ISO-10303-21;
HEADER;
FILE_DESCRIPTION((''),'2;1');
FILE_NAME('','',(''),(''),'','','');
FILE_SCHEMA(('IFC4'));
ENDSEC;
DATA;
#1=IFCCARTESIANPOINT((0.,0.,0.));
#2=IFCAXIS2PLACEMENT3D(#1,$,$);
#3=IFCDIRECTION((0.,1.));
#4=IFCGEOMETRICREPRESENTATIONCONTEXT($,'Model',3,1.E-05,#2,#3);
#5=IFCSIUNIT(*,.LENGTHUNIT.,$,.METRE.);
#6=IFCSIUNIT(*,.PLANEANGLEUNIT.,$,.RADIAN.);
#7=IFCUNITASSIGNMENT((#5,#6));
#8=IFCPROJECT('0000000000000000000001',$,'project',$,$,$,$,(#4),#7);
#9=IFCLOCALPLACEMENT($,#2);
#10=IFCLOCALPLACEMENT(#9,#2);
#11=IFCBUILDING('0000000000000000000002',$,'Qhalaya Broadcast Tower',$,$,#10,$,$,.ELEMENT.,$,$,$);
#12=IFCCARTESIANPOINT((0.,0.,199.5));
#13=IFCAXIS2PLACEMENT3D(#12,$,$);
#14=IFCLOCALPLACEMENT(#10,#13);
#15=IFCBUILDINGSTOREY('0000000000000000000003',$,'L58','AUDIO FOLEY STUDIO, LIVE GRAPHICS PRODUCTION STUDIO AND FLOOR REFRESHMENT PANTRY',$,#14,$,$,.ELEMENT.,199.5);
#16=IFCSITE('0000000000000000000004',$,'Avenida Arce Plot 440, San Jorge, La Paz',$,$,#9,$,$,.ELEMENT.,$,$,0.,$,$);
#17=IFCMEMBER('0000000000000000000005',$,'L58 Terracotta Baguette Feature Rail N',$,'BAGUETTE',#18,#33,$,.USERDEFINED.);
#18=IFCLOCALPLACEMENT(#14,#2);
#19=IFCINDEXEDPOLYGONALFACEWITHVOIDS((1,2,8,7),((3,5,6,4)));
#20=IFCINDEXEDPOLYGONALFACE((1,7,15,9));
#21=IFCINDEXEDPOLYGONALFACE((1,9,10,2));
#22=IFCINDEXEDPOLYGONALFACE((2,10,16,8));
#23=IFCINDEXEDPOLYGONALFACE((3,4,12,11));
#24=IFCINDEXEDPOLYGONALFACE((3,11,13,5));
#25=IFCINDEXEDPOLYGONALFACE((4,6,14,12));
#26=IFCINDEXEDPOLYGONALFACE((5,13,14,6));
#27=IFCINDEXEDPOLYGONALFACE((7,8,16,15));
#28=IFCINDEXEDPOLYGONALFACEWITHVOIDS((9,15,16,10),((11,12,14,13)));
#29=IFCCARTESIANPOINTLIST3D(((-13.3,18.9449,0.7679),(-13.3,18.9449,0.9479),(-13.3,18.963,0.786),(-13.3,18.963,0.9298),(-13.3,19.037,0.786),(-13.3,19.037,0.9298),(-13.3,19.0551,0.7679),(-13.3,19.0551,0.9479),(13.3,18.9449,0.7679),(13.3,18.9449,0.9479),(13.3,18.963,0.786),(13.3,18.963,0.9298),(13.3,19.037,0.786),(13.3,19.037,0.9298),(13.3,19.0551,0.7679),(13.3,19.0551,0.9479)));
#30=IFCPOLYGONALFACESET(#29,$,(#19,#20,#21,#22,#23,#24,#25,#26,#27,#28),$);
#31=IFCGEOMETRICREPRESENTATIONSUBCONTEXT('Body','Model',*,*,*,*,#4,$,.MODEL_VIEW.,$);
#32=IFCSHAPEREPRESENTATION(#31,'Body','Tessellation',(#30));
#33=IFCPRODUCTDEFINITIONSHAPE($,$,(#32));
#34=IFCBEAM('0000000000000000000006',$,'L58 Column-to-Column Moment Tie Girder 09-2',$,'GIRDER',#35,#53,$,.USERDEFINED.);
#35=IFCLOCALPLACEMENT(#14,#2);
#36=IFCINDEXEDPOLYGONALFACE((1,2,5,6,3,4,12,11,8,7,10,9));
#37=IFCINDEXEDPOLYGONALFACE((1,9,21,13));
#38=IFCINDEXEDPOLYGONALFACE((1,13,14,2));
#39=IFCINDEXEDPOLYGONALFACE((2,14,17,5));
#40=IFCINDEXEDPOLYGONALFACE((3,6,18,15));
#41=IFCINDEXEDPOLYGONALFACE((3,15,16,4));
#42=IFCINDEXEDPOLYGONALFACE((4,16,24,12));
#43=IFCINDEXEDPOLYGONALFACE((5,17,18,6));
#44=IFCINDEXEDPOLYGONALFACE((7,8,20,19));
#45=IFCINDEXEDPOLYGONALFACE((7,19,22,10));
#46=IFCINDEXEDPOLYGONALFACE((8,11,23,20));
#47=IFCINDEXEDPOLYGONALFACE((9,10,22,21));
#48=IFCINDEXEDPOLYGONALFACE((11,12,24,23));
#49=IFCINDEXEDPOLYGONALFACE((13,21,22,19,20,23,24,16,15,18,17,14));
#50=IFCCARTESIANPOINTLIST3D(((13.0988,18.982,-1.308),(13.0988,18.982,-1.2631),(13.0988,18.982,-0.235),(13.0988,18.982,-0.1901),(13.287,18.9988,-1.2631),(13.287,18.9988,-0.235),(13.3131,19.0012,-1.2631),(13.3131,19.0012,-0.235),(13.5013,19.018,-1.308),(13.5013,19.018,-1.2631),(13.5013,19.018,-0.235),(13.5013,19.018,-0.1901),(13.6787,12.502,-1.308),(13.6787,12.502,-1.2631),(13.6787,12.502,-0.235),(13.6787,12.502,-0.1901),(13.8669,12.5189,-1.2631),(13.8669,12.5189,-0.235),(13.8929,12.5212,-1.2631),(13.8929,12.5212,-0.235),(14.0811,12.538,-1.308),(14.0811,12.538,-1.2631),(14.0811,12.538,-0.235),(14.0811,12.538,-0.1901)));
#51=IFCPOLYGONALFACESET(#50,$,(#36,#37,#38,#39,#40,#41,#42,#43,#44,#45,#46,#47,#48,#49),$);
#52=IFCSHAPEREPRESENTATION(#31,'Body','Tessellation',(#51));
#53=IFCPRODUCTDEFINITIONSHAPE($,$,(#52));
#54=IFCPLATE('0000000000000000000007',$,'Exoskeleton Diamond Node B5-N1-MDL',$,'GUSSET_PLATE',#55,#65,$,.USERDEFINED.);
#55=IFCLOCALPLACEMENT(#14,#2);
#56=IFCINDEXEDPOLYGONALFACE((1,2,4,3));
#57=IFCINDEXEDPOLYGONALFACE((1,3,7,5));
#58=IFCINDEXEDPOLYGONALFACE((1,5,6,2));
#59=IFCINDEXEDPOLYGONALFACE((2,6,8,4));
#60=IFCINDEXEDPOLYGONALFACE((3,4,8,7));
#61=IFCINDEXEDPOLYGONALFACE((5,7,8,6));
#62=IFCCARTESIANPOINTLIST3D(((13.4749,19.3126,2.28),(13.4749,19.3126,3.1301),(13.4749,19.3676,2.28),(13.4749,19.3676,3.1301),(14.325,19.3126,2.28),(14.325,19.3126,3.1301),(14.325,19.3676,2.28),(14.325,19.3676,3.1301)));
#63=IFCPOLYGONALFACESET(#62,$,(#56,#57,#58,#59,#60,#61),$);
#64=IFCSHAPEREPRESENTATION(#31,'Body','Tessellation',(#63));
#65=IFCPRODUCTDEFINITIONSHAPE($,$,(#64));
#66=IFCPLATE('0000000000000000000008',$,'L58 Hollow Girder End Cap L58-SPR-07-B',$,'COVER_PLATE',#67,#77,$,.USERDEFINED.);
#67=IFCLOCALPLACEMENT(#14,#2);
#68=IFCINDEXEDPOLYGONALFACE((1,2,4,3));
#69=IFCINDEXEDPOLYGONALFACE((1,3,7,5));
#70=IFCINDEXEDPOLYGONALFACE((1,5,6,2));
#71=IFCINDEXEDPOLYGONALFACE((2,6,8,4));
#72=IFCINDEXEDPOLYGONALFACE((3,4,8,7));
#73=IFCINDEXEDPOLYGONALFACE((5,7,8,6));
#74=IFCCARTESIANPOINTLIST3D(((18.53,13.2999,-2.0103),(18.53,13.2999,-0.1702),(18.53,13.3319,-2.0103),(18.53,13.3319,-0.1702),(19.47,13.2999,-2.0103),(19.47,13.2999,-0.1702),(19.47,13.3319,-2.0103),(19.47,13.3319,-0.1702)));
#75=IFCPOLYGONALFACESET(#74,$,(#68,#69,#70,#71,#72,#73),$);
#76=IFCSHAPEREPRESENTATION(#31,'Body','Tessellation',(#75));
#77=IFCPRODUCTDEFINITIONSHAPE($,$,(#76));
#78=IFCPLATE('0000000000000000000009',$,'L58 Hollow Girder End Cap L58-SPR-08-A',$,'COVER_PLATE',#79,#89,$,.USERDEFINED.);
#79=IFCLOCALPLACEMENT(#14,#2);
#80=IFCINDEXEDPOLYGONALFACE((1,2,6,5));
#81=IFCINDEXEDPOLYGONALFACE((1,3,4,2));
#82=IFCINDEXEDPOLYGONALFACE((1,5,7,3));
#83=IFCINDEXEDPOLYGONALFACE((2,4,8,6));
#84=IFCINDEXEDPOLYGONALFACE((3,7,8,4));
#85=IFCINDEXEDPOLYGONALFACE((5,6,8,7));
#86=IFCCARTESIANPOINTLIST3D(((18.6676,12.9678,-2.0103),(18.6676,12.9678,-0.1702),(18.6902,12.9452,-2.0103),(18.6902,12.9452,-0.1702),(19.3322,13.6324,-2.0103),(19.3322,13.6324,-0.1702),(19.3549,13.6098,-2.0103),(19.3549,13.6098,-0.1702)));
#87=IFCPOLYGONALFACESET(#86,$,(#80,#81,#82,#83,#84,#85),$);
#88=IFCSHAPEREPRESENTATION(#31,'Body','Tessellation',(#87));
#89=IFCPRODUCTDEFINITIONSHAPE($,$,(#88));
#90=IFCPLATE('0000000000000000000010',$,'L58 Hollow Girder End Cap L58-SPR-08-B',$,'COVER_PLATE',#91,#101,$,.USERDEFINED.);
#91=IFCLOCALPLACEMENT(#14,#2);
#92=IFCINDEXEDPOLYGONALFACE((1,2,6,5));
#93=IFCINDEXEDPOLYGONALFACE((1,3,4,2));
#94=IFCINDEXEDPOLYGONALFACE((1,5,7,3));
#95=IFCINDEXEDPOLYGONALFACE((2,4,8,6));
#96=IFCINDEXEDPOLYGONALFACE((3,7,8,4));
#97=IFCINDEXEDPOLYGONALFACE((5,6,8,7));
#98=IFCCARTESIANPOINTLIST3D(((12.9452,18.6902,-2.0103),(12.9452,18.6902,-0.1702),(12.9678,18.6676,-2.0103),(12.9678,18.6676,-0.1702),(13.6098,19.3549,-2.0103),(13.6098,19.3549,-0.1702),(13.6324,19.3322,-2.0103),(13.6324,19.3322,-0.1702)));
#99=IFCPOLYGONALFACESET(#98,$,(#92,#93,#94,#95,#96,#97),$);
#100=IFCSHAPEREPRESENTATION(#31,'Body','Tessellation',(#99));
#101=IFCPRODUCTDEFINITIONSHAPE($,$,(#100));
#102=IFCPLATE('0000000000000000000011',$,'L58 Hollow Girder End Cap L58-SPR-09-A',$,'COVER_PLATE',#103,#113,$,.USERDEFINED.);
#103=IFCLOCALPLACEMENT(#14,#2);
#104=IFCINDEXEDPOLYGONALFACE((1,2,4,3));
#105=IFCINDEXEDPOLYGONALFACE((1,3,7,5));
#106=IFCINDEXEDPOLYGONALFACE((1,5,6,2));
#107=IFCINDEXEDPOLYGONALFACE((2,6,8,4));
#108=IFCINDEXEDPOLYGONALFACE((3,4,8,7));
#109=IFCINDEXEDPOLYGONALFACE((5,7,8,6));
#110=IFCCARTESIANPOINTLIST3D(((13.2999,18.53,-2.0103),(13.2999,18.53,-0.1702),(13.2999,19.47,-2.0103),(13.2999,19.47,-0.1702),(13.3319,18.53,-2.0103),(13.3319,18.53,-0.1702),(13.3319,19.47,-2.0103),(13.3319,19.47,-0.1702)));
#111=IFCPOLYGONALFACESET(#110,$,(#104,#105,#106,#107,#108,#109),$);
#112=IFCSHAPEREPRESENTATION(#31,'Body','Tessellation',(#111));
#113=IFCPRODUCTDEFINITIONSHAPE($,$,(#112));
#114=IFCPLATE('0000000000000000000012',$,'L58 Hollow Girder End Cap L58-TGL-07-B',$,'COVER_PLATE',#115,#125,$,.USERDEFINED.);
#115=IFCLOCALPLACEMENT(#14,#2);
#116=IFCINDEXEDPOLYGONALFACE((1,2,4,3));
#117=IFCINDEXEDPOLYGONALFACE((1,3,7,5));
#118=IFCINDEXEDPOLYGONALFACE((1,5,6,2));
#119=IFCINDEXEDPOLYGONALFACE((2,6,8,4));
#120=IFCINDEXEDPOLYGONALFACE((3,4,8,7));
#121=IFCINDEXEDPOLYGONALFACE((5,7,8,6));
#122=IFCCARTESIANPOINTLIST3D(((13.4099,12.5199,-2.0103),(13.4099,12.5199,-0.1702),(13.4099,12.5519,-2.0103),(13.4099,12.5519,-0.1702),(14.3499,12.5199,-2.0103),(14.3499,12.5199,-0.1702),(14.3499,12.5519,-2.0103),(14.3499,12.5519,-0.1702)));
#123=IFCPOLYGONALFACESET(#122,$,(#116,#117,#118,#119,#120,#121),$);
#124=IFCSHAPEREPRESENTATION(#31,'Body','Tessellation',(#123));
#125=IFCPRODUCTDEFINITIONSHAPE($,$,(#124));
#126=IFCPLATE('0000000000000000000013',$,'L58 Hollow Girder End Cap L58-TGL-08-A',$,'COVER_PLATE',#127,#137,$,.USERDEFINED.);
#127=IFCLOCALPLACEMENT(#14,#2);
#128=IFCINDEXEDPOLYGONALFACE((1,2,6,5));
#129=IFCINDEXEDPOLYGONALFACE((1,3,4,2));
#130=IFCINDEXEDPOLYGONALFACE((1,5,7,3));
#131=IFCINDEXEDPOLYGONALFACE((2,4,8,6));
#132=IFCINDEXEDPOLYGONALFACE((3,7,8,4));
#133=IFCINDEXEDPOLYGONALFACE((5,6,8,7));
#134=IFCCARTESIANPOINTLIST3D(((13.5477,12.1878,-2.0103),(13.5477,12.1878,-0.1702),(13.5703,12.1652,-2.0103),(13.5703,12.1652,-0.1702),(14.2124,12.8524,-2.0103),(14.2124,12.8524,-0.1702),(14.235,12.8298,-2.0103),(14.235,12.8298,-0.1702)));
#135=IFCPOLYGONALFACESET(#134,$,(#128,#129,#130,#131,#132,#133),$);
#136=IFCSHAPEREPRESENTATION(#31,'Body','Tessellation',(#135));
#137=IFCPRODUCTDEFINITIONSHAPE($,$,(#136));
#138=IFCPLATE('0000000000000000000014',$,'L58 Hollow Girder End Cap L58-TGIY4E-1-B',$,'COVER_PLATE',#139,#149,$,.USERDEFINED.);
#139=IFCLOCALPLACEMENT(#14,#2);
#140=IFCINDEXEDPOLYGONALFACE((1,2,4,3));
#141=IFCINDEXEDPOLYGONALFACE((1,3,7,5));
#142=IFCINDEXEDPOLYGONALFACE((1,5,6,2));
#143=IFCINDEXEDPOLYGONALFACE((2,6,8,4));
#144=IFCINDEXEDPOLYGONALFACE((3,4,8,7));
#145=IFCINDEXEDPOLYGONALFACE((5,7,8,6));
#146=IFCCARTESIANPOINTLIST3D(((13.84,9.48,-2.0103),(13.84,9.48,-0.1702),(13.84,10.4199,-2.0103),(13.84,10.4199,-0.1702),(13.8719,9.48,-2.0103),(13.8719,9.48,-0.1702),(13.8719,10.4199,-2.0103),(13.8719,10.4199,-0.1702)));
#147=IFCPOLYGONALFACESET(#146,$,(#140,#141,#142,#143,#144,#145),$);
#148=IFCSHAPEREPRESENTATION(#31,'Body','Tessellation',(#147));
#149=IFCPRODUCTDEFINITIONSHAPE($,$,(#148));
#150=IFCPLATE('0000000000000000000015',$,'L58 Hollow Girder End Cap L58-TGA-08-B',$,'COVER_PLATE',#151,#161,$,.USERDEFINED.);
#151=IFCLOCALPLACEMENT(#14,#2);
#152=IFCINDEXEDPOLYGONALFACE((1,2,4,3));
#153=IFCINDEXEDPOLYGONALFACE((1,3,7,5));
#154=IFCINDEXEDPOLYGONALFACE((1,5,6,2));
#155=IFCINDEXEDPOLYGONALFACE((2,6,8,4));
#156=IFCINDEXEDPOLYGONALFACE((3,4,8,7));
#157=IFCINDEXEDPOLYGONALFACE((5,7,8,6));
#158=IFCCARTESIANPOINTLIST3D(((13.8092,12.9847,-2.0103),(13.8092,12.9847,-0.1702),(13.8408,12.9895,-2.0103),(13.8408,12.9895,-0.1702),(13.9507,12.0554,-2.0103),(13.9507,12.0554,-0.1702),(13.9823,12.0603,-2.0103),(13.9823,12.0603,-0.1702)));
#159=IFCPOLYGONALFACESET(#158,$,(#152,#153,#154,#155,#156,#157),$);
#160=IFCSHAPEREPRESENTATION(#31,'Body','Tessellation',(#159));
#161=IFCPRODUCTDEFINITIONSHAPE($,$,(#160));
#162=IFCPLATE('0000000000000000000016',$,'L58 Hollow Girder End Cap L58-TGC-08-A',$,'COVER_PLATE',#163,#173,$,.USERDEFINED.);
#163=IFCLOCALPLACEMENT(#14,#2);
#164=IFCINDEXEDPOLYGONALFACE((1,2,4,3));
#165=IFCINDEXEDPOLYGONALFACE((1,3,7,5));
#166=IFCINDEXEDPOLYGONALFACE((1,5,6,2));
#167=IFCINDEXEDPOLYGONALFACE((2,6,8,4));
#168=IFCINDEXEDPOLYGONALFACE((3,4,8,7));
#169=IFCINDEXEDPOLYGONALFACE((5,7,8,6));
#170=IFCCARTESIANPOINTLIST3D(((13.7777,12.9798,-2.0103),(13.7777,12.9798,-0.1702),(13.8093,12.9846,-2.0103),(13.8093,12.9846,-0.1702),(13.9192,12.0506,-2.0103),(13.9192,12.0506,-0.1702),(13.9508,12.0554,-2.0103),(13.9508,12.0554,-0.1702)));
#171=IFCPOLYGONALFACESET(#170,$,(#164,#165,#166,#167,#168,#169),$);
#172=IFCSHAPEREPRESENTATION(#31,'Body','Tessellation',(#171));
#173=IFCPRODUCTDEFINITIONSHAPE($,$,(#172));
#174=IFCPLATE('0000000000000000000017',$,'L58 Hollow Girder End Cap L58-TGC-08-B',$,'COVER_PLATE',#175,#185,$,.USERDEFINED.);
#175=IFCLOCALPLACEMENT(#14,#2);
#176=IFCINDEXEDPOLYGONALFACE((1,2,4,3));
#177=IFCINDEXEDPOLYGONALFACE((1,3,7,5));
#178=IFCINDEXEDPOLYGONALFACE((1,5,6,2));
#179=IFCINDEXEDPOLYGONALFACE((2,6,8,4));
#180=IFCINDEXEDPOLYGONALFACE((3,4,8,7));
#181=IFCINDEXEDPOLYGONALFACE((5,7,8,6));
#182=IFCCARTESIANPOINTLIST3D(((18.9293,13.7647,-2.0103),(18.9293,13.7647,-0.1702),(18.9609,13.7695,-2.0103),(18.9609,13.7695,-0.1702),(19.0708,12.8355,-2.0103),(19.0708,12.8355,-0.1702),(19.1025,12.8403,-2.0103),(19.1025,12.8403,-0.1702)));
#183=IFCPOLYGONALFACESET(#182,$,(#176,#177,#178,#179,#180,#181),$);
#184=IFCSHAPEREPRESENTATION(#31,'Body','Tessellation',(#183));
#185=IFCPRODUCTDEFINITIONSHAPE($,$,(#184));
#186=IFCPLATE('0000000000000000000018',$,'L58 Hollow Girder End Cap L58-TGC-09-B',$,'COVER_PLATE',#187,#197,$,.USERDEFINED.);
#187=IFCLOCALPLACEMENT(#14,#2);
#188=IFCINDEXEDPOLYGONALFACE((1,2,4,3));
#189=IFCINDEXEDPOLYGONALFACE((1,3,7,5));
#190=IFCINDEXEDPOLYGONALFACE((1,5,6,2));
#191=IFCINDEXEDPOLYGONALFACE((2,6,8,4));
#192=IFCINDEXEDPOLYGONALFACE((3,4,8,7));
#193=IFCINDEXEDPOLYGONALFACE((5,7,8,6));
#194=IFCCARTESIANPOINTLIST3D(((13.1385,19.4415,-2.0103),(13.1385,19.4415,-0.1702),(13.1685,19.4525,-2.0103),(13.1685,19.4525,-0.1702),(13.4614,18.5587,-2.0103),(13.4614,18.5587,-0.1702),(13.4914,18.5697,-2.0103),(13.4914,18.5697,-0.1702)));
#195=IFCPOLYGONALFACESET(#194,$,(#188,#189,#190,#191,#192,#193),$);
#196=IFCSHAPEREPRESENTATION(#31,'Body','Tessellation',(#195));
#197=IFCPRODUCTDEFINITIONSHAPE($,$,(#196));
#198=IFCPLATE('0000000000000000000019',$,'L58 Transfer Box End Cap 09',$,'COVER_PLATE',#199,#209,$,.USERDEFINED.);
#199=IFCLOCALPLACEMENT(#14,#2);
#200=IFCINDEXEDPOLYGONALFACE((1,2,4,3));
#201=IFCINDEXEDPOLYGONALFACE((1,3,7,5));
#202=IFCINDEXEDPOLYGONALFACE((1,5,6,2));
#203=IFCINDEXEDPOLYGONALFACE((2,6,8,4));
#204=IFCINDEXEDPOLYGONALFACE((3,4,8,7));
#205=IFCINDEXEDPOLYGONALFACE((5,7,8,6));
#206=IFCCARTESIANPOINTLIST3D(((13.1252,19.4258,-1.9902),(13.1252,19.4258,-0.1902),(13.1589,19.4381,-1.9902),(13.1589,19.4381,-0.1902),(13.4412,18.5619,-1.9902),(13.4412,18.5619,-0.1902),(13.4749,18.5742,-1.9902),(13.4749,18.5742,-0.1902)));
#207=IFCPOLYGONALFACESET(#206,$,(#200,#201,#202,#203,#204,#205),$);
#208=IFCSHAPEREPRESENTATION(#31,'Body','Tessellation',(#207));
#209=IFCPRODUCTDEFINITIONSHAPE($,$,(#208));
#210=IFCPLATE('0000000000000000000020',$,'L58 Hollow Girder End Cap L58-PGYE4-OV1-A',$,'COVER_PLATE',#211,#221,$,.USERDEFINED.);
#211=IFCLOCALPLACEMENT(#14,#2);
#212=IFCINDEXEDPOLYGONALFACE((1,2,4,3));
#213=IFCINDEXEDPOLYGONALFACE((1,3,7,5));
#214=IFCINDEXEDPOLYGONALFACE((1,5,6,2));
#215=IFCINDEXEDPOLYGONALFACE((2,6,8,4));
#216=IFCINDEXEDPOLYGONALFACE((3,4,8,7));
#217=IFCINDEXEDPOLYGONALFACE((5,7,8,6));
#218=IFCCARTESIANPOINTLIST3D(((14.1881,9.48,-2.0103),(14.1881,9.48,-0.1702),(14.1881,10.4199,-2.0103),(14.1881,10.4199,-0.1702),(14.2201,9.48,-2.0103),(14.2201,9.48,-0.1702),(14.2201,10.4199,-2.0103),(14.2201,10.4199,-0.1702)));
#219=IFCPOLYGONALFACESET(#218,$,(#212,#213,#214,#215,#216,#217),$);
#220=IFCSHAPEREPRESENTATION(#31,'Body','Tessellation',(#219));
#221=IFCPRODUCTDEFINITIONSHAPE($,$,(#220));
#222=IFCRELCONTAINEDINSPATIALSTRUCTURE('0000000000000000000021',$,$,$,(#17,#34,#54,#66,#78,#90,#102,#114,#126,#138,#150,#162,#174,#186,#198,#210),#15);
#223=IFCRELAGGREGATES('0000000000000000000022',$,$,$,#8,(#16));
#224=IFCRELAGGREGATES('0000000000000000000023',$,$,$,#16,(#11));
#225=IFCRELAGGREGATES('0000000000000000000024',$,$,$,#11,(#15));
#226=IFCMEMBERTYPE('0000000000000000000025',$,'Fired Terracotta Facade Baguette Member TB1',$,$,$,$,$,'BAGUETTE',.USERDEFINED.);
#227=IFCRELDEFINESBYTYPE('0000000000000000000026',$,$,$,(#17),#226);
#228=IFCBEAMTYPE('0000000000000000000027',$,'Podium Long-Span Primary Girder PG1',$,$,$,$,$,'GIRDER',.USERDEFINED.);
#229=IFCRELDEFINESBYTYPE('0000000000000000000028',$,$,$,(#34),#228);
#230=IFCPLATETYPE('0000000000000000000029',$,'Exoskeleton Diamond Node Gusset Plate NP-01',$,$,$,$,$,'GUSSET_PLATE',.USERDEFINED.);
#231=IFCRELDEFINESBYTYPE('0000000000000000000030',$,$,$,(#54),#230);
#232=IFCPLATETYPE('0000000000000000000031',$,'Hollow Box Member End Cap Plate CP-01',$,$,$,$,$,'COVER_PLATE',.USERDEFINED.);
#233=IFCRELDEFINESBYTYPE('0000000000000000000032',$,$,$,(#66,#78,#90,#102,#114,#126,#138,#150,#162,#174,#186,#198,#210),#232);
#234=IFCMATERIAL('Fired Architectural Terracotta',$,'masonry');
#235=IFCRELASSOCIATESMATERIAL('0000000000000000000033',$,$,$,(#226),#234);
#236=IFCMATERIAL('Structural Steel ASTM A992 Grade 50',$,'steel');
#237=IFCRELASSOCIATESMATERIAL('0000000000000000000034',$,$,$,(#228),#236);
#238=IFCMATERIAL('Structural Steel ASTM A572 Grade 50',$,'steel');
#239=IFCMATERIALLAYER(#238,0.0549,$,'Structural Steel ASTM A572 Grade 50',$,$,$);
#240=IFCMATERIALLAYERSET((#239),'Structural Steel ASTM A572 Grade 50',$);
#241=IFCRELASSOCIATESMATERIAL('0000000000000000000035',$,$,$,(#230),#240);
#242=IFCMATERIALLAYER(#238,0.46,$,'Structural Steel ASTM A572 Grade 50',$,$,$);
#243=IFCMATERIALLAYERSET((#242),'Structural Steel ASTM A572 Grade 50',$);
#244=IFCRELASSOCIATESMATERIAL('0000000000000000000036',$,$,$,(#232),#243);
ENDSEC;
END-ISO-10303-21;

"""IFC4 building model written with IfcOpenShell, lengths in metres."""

from ifc_helpers import new_model, si_unit, direction, frame, origin, origin_2d, place, context, subcontext, project, spatial, rectangle, hollow_rectangle, i_section, extrude, material, layer, layer_set, material_profile, profile_set, type_object, element, save


model = new_model("IFC4")

# Units and contexts
model_context = context("Model", 3, precision=1e-05, world=origin(), true_north=direction((0.0, 1.0)))
body_context = subcontext(model_context, "Body", "Model", "MODEL_VIEW")
ifc_project = project(units=[si_unit("LENGTHUNIT", "METRE"), si_unit("PLANEANGLEUNIT", "RADIAN")], contexts=[model_context])

# Site, building, storey
site_placement = place(None, origin())
site = spatial("IfcSite", under=ifc_project, at=site_placement, Name="Avenida Arce Plot 440, San Jorge, La Paz", CompositionType="ELEMENT", RefElevation=0.0)
building_placement = place(site_placement, origin())
building = spatial("IfcBuilding", under=site, at=building_placement, Name="Qhalaya Broadcast Tower", CompositionType="ELEMENT")
storey_placement = place(building_placement, frame((0.0, 0.0, 199.5)))
storey = spatial("IfcBuildingStorey", under=building, at=storey_placement, Name="L58", Description="AUDIO FOLEY STUDIO, LIVE GRAPHICS PRODUCTION STUDIO AND FLOOR REFRESHMENT PANTRY", CompositionType="ELEMENT", Elevation=199.5)

# Shared definitions
ifc_material_1 = material(Name="Structural Steel ASTM A572 Grade 50", Category="steel")

# Shared definitions
ifc_material_2 = material(Name="Structural Steel ASTM A992 Grade 50", Category="steel")

# Member
ifc_material_3 = material(Name="Fired Architectural Terracotta", Category="masonry")
ifc_material_profile_1 = material_profile(ifc_material_3, hollow_rectangle(XDim=0.1101, YDim=0.1799, WallThickness=0.0181, at=origin_2d()), Name="TB-BAG 110x180x18")
ifc_profile_set_1 = profile_set([ifc_material_profile_1], Name="Fired Architectural Terracotta")
member_type_1 = type_object("IfcMemberType", Name="Fired Terracotta Facade Baguette Member TB1", ElementType="BAGUETTE", PredefinedType="USERDEFINED", material=ifc_profile_set_1)
member_placement = place(storey_placement, frame((13.3, 19.0, 0.8579), z_axis=(-1.0, 0.0, 0.0), x_axis=(0.0, -1.0, 0.0)))
element("IfcMember", 1, at=member_placement, inside=storey, type_object=member_type_1, Name="L58 Terracotta Baguette Feature Rail N", ObjectType="BAGUETTE", PredefinedType="USERDEFINED", context=body_context, shape_type="SweptSolid", body=[
    extrude(hollow_rectangle(XDim=0.1101, YDim=0.1799, WallThickness=0.0181, at=origin_2d()), origin(), (0.0, 0.0, 1.0), 26.6001),
])

# Beam
ifc_material_profile_2 = material_profile(ifc_material_2, i_section(OverallWidth=0.4041, OverallDepth=1.1179, WebThickness=0.0261, FlangeThickness=0.0449, at=origin_2d()), Name="W44X335")
ifc_profile_set_2 = profile_set([ifc_material_profile_2], Name="Structural Steel ASTM A992 Grade 50")
beam_type_1 = type_object("IfcBeamType", Name="Podium Long-Span Primary Girder PG1", ElementType="GIRDER", PredefinedType="USERDEFINED", material=ifc_profile_set_2)
beam_1_placement = place(storey_placement, frame((13.8799, 12.52, -0.749), z_axis=(-0.089125, 0.99602, 0.0), x_axis=(-0.99602, -0.089125, 0.0)))
element("IfcBeam", 2, at=beam_1_placement, inside=storey, type_object=beam_type_1, Name="L58 Column-to-Column Moment Tie Girder 09-2", ObjectType="GIRDER", PredefinedType="USERDEFINED", context=body_context, shape_type="SweptSolid", body=[
    extrude(i_section(OverallWidth=0.4041, OverallDepth=1.1179, WebThickness=0.0261, FlangeThickness=0.0449, at=origin_2d()), origin(), (0.0, 0.0, 1.0), 6.5059),
])

# Plates
ifc_layer_1 = layer(ifc_material_1, 0.0549, Name="Structural Steel ASTM A572 Grade 50")
ifc_layer_set_1 = layer_set([ifc_layer_1], Name="Structural Steel ASTM A572 Grade 50")
plate_type_1 = type_object("IfcPlateType", Name="Exoskeleton Diamond Node Gusset Plate NP-01", ElementType="GUSSET_PLATE", PredefinedType="USERDEFINED", material=ifc_layer_set_1)
plate_1_placement = place(storey_placement, frame((13.8999, 19.3401, 2.28), z_axis=(0.0, 0.0, 1.0), x_axis=(1.0, 0.0, 0.0)))
element("IfcPlate", 3, at=plate_1_placement, inside=storey, type_object=plate_type_1, Name="Exoskeleton Diamond Node B5-N1-MDL", ObjectType="GUSSET_PLATE", PredefinedType="USERDEFINED", context=body_context, shape_type="SweptSolid", body=[
    extrude(rectangle(XDim=0.8501, YDim=0.0549, at=origin_2d()), origin(), (0.0, 0.0, 1.0), 0.8501),
])
ifc_layer_2 = layer(ifc_material_1, 0.46, Name="Structural Steel ASTM A572 Grade 50")
ifc_layer_set_2 = layer_set([ifc_layer_2], Name="Structural Steel ASTM A572 Grade 50")
plate_type_2 = type_object("IfcPlateType", Name="Hollow Box Member End Cap Plate CP-01", ElementType="COVER_PLATE", PredefinedType="USERDEFINED", material=ifc_layer_set_2)
for number, where, z_axis, x_axis, name in (
    (4, (19.0, 13.3159, -2.0103), (0.0, 0.0, 1.0), (-1.0, 0.0, 0.0), "L58 Hollow Girder End Cap L58-SPR-07-B"),
    (5, (19.0112, 13.2888, -2.0103), (0.0, 0.0, 1.0), (-0.707107, -0.707107, 0.0), "L58 Hollow Girder End Cap L58-SPR-08-A"),
    (6, (13.2888, 19.0112, -2.0103), (0.0, 0.0, 1.0), (-0.707107, -0.707107, 0.0), "L58 Hollow Girder End Cap L58-SPR-08-B"),
    (7, (13.3159, 19.0, -2.0103), (0.0, 0.0, 1.0), (0.0, -1.0, 0.0), "L58 Hollow Girder End Cap L58-SPR-09-A"),
    (8, (13.8799, 12.5359, -2.0103), (0.0, 0.0, 1.0), (-1.0, 0.0, 0.0), "L58 Hollow Girder End Cap L58-TGL-07-B"),
    (9, (13.8914, 12.5088, -2.0103), (0.0, 0.0, 1.0), (-0.707107, -0.707107, 0.0), "L58 Hollow Girder End Cap L58-TGL-08-A"),
    (10, (13.856, 9.95, -2.0103), (0.0, 0.0, 1.0), (0.0, 1.0, 0.0), "L58 Hollow Girder End Cap L58-TGIY4E-1-B"),
    (11, (13.8958, 12.5225, -2.0103), (0.0, 0.0, 1.0), (-0.150605, 0.988594, 0.0), "L58 Hollow Girder End Cap L58-TGA-08-B"),
    (12, (13.8643, 12.5176, -2.0103), (0.0, 0.0, 1.0), (-0.150605, 0.988594, 0.0), "L58 Hollow Girder End Cap L58-TGC-08-A"),
    (13, (19.0159, 13.3025, -2.0103), (0.0, 0.0, 1.0), (-0.150605, 0.988594, 0.0), "L58 Hollow Girder End Cap L58-TGC-08-B"),
    (14, (13.3149, 19.0056, -2.0103), (0.0, 0.0, 1.0), (-0.343496, 0.939154, 0.0), "L58 Hollow Girder End Cap L58-TGC-09-B"),
):
    element("IfcPlate", number, at=place(storey_placement, frame(where, z_axis=z_axis, x_axis=x_axis)), inside=storey, type_object=plate_type_2, Name=name, ObjectType="COVER_PLATE", PredefinedType="USERDEFINED", context=body_context, shape_type="SweptSolid", body=[
        extrude(rectangle(XDim=0.9399, YDim=0.032, at=origin_2d()), origin(), (0.0, 0.0, 1.0), 1.8401),
    ])
plate_2_placement = place(storey_placement, frame((13.3, 19.0, -1.9902), z_axis=(0.0, 0.0, 1.0), x_axis=(-0.343496, 0.939154, 0.0)))
element("IfcPlate", 15, at=plate_2_placement, inside=storey, type_object=plate_type_2, Name="L58 Transfer Box End Cap 09", ObjectType="COVER_PLATE", PredefinedType="USERDEFINED", context=body_context, shape_type="SweptSolid", body=[
    extrude(rectangle(XDim=0.9199, YDim=0.0359, at=origin_2d()), origin(), (0.0, 0.0, 1.0), 1.8),
])
for number, where, z_axis, x_axis, name in (
    (16, (14.2041, 9.95, -2.0103), (0.0, 0.0, 1.0), (0.0, 1.0, 0.0), "L58 Hollow Girder End Cap L58-PGYE4-OV1-A"),
):
    element("IfcPlate", number, at=place(storey_placement, frame(where, z_axis=z_axis, x_axis=x_axis)), inside=storey, type_object=plate_type_2, Name=name, ObjectType="COVER_PLATE", PredefinedType="USERDEFINED", context=body_context, shape_type="SweptSolid", body=[
        extrude(rectangle(XDim=0.9399, YDim=0.032, at=origin_2d()), origin(), (0.0, 0.0, 1.0), 1.8401),
    ])

save(model, "model.ifc")
